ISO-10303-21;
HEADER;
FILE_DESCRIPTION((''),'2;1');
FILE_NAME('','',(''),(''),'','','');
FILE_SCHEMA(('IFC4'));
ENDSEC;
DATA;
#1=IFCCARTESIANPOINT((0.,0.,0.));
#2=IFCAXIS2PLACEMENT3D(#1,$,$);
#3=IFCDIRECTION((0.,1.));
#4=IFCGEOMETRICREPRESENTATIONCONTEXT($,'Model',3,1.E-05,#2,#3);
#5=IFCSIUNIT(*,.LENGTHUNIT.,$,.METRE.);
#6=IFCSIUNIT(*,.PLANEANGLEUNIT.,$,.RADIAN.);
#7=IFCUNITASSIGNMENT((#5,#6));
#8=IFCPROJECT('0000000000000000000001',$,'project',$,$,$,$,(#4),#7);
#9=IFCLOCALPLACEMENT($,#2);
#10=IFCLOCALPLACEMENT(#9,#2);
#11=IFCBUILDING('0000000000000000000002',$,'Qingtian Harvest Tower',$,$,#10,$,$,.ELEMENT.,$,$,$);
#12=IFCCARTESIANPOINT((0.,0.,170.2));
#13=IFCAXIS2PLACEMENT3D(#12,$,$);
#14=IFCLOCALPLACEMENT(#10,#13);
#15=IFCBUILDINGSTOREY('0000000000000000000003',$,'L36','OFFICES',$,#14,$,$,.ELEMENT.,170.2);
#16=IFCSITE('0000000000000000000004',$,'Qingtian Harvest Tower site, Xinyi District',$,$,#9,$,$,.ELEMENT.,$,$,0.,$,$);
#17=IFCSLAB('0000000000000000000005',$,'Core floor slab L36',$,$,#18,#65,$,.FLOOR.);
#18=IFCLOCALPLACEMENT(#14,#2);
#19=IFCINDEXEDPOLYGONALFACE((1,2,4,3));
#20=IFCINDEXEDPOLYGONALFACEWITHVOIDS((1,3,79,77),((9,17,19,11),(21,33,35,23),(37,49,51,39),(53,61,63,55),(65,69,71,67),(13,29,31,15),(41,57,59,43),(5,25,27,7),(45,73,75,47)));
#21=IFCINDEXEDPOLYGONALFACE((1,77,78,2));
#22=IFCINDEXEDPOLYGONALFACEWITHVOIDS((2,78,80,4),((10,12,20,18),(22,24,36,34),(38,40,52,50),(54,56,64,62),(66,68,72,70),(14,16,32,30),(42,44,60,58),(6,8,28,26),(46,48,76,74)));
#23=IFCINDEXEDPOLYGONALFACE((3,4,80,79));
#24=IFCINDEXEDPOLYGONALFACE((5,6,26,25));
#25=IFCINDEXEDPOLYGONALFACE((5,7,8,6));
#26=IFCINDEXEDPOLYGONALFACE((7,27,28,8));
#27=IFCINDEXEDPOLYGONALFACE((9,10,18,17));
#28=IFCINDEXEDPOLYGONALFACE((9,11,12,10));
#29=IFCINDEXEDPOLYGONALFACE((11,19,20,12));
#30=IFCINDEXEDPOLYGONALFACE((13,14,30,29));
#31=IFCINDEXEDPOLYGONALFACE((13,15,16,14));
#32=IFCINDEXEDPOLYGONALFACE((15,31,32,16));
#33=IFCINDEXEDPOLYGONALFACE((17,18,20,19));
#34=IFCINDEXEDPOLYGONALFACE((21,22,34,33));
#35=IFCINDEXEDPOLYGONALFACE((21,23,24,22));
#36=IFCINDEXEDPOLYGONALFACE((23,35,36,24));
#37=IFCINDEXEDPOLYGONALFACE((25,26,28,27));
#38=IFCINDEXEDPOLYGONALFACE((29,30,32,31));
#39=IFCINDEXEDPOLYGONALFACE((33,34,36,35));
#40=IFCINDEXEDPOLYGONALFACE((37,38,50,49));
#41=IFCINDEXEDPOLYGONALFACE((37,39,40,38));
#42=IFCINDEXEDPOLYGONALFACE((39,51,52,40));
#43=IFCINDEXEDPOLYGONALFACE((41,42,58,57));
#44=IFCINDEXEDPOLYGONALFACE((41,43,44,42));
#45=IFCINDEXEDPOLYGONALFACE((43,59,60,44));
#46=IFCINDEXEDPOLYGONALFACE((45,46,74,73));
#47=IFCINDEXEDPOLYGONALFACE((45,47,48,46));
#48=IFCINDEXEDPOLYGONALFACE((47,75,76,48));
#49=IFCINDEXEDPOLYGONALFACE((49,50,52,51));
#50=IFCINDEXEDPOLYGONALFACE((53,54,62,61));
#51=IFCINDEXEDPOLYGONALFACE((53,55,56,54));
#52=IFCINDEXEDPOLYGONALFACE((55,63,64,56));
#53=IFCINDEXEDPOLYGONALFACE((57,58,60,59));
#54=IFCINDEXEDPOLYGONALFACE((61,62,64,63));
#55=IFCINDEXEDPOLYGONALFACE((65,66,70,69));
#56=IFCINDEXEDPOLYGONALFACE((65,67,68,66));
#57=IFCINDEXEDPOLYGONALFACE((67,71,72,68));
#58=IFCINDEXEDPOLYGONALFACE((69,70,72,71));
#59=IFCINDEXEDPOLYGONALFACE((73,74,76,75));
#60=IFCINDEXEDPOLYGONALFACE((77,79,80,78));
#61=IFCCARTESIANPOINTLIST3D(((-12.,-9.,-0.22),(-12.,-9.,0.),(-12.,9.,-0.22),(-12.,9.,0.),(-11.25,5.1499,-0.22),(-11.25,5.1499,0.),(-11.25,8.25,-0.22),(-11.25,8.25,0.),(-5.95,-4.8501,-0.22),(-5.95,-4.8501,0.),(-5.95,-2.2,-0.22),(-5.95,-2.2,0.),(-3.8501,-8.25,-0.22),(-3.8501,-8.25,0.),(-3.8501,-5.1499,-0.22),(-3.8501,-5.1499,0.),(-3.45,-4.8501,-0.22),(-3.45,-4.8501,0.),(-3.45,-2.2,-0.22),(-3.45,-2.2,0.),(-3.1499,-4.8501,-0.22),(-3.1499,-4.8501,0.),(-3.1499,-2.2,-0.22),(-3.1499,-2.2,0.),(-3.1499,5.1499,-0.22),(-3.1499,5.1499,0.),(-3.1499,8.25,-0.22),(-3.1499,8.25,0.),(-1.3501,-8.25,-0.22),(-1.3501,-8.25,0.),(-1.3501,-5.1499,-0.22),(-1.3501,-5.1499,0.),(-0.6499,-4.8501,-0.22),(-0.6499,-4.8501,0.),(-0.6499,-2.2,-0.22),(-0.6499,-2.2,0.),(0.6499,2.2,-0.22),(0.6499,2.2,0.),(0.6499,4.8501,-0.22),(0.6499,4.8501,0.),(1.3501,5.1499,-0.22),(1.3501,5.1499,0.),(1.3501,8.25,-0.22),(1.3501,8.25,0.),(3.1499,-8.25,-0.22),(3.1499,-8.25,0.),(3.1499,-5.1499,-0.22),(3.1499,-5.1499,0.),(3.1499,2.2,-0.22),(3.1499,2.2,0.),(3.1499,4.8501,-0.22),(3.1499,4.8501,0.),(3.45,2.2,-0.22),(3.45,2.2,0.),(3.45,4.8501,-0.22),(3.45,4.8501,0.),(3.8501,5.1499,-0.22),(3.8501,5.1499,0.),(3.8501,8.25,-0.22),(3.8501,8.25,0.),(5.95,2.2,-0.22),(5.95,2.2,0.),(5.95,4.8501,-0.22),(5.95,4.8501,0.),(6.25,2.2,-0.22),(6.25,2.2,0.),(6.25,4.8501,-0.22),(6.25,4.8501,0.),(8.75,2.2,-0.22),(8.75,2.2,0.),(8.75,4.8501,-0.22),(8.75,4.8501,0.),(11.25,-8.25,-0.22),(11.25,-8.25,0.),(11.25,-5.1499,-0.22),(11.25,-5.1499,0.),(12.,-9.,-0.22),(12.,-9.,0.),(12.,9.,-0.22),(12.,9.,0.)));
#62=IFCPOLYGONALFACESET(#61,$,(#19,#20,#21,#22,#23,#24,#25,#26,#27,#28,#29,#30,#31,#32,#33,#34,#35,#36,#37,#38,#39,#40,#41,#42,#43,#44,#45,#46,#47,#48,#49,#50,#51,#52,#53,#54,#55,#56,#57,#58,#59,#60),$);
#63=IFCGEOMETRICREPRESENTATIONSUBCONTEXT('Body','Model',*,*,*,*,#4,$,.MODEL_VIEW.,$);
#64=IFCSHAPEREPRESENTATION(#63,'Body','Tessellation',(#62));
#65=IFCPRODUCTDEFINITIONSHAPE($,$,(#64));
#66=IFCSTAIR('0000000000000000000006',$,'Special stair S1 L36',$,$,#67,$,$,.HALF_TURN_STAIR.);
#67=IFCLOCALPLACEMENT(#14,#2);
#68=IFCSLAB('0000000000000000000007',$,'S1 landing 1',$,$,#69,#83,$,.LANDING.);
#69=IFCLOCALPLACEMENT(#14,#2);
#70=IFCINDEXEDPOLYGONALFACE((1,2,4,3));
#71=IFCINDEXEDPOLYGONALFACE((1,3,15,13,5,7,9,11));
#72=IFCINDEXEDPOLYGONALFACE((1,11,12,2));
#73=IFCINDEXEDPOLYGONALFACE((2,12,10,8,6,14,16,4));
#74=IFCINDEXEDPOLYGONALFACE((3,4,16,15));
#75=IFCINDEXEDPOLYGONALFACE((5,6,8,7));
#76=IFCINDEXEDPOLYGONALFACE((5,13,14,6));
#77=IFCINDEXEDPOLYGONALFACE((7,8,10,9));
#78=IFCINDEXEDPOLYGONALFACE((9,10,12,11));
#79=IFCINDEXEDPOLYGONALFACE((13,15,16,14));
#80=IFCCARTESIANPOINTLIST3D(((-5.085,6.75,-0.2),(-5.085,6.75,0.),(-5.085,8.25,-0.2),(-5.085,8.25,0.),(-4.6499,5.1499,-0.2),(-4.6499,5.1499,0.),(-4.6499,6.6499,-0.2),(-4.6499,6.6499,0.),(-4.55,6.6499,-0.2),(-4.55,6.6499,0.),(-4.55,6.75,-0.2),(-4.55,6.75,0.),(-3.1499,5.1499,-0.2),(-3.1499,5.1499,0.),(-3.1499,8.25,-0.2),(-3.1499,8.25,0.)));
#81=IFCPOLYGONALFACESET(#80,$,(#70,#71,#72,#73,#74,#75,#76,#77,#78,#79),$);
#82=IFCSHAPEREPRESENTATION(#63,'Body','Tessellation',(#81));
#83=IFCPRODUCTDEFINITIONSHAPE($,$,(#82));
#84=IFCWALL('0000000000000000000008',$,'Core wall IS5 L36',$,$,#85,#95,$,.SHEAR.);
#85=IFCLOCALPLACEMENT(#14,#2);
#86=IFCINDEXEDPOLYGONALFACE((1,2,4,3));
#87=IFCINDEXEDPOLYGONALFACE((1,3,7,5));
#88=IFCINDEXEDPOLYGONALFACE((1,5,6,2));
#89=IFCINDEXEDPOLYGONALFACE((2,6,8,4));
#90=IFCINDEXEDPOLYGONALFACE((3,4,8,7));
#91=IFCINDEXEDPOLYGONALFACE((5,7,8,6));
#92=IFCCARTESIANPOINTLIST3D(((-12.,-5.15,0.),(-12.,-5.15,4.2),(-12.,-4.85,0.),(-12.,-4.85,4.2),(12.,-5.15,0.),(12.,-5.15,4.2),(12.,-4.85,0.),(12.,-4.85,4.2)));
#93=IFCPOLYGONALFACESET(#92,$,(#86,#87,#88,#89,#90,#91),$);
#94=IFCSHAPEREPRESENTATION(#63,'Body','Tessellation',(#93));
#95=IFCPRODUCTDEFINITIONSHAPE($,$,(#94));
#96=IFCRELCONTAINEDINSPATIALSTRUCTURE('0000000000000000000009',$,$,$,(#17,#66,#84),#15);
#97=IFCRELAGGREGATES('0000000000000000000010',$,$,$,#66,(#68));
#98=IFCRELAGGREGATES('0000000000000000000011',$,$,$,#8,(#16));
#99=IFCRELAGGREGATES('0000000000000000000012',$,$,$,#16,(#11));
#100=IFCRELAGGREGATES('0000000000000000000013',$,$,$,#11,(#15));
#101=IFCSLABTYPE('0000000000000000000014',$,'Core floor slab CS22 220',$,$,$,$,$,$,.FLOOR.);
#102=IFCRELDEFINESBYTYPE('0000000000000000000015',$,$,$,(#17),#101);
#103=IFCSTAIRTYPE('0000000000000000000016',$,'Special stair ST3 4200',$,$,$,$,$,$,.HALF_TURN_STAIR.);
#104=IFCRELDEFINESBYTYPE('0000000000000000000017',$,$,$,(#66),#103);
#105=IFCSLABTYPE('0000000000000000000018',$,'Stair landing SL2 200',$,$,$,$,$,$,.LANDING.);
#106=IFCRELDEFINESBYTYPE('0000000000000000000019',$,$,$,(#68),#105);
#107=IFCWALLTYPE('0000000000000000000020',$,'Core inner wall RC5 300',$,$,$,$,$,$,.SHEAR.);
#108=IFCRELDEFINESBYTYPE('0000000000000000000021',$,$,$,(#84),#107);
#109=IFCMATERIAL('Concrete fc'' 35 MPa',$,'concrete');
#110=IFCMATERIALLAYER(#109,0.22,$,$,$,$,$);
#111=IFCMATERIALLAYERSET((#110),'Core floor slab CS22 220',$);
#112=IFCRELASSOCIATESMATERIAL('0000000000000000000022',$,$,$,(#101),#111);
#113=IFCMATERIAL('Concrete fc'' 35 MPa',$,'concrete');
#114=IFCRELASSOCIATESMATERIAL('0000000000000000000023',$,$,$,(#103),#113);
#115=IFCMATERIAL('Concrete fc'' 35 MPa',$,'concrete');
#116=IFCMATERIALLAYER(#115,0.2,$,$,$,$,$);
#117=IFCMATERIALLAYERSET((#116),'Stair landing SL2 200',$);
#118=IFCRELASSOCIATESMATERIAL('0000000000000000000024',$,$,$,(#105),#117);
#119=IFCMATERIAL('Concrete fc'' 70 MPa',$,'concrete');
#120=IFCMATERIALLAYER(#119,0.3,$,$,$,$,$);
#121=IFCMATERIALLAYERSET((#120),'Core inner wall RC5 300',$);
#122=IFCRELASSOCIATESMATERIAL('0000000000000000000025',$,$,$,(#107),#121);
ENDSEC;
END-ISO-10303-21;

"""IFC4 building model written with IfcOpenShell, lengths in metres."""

from ifc_helpers import new_model, si_unit, direction, frame, frame_2d, origin, place, context, subcontext, project, spatial, polyline, rectangle, outline, extrude, material, layer, layer_set, type_object, element, aggregate, save


model = new_model("IFC4")

# Units and contexts
model_context = context("Model", 3, precision=1e-05, world=origin(), true_north=direction((0.0, 1.0)))
body_context = subcontext(model_context, "Body", "Model", "MODEL_VIEW")
ifc_project = project(units=[si_unit("LENGTHUNIT", "METRE"), si_unit("PLANEANGLEUNIT", "RADIAN")], contexts=[model_context])

# Site, building, storey
site_placement = place(None, origin())
site = spatial("IfcSite", under=ifc_project, at=site_placement, Name="Qingtian Harvest Tower site, Xinyi District", CompositionType="ELEMENT", RefElevation=0.0)
building_placement = place(site_placement, origin())
building = spatial("IfcBuilding", under=site, at=building_placement, Name="Qingtian Harvest Tower", CompositionType="ELEMENT")
storey_placement = place(building_placement, frame((0.0, 0.0, 170.2)))
storey = spatial("IfcBuildingStorey", under=building, at=storey_placement, Name="L36", Description="OFFICES", CompositionType="ELEMENT", Elevation=170.2)

# Slab
ifc_material_1 = material(Name="Concrete fc' 35 MPa", Category="concrete")
ifc_layer_1 = layer(ifc_material_1, 0.22)
ifc_layer_set_1 = layer_set([ifc_layer_1], Name="Core floor slab CS22 220")
slab_type_1 = type_object("IfcSlabType", Name="Core floor slab CS22 220", PredefinedType="FLOOR", material=ifc_layer_set_1)
slab_1_placement = place(storey_placement, frame((0.0, 0.0, -0.22)))
element("IfcSlab", 1, at=slab_1_placement, inside=storey, type_object=slab_type_1, Name="Core floor slab L36", PredefinedType="FLOOR", context=body_context, shape_type="SweptSolid", body=[
    extrude(outline(polyline([(-12.0, -9.0), (12.0, -9.0), (12.0, 9.0), (-12.0, 9.0), (-12.0, -9.0)]), holes=[polyline([(-11.25, 5.1499), (-3.1499, 5.1499), (-3.1499, 8.25), (-11.25, 8.25), (-11.25, 5.1499)]), polyline([(3.1499, -8.25), (11.25, -8.25), (11.25, -5.1499), (3.1499, -5.1499), (3.1499, -8.25)]), polyline([(1.3501, 5.1499), (3.8501, 5.1499), (3.8501, 8.25), (1.3501, 8.25), (1.3501, 5.1499)]), polyline([(-3.8501, -8.25), (-1.3501, -8.25), (-1.3501, -5.1499), (-3.8501, -5.1499), (-3.8501, -8.25)]), polyline([(0.6499, 2.2), (3.1499, 2.2), (3.1499, 4.8501), (0.6499, 4.8501), (0.6499, 2.2)]), polyline([(3.45, 2.2), (5.95, 2.2), (5.95, 4.8501), (3.45, 4.8501), (3.45, 2.2)]), polyline([(6.25, 2.2), (8.75, 2.2), (8.75, 4.8501), (6.25, 4.8501), (6.25, 2.2)]), polyline([(-5.95, -4.8501), (-3.45, -4.8501), (-3.45, -2.2), (-5.95, -2.2), (-5.95, -4.8501)]), polyline([(-3.1499, -4.8501), (-0.6499, -4.8501), (-0.6499, -2.2), (-3.1499, -2.2), (-3.1499, -4.8501)])]), origin(), (0.0, 0.0, 1.0), 0.22),
])

# Stair, slab
ifc_material_2 = material(Name="Concrete fc' 35 MPa", Category="concrete")
stair_type = type_object("IfcStairType", Name="Special stair ST3 4200", PredefinedType="HALF_TURN_STAIR", material=ifc_material_2)
stair_placement = place(storey_placement, origin())
stair = element("IfcStair", 2, at=stair_placement, inside=storey, type_object=stair_type, Name="Special stair S1 L36", PredefinedType="HALF_TURN_STAIR")
ifc_material_3 = material(Name="Concrete fc' 35 MPa", Category="concrete")
ifc_layer_2 = layer(ifc_material_3, 0.2)
ifc_layer_set_2 = layer_set([ifc_layer_2], Name="Stair landing SL2 200")
slab_type_2 = type_object("IfcSlabType", Name="Stair landing SL2 200", PredefinedType="LANDING", material=ifc_layer_set_2)
slab_2_placement = place(storey_placement, frame((0.0, 0.0, -0.2)))
slab_2 = element("IfcSlab", 3, at=slab_2_placement, type_object=slab_type_2, Name="S1 landing 1", PredefinedType="LANDING", context=body_context, shape_type="SweptSolid", body=[
    extrude(outline(polyline([(-4.6499, 5.1499), (-4.6499, 6.6499), (-4.55, 6.6499), (-4.55, 6.75), (-5.085, 6.75), (-5.085, 8.25), (-3.1499, 8.25), (-3.1499, 5.1499), (-4.6499, 5.1499)])), origin(), (0.0, 0.0, 1.0), 0.2),
])
aggregate(stair, [slab_2])

# Wall
ifc_material_4 = material(Name="Concrete fc' 70 MPa", Category="concrete")
ifc_layer_3 = layer(ifc_material_4, 0.3)
ifc_layer_set_3 = layer_set([ifc_layer_3], Name="Core inner wall RC5 300")
wall_type_1 = type_object("IfcWallType", Name="Core inner wall RC5 300", PredefinedType="SHEAR", material=ifc_layer_set_3)
wall_1_placement = place(storey_placement, frame((-12.0, -5.0, 0.0), z_axis=(0.0, 0.0, 1.0), x_axis=(1.0, 0.0, 0.0)))
element("IfcWall", 4, at=wall_1_placement, inside=storey, type_object=wall_type_1, Name="Core wall IS5 L36", PredefinedType="SHEAR", context=body_context, shape_type="SweptSolid", body=[
    extrude(rectangle(XDim=24.0, YDim=0.3, at=frame_2d((12.0, 0.0))), origin(), (0.0, 0.0, 1.0), 4.2),
])

save(model, "model.ifc")
